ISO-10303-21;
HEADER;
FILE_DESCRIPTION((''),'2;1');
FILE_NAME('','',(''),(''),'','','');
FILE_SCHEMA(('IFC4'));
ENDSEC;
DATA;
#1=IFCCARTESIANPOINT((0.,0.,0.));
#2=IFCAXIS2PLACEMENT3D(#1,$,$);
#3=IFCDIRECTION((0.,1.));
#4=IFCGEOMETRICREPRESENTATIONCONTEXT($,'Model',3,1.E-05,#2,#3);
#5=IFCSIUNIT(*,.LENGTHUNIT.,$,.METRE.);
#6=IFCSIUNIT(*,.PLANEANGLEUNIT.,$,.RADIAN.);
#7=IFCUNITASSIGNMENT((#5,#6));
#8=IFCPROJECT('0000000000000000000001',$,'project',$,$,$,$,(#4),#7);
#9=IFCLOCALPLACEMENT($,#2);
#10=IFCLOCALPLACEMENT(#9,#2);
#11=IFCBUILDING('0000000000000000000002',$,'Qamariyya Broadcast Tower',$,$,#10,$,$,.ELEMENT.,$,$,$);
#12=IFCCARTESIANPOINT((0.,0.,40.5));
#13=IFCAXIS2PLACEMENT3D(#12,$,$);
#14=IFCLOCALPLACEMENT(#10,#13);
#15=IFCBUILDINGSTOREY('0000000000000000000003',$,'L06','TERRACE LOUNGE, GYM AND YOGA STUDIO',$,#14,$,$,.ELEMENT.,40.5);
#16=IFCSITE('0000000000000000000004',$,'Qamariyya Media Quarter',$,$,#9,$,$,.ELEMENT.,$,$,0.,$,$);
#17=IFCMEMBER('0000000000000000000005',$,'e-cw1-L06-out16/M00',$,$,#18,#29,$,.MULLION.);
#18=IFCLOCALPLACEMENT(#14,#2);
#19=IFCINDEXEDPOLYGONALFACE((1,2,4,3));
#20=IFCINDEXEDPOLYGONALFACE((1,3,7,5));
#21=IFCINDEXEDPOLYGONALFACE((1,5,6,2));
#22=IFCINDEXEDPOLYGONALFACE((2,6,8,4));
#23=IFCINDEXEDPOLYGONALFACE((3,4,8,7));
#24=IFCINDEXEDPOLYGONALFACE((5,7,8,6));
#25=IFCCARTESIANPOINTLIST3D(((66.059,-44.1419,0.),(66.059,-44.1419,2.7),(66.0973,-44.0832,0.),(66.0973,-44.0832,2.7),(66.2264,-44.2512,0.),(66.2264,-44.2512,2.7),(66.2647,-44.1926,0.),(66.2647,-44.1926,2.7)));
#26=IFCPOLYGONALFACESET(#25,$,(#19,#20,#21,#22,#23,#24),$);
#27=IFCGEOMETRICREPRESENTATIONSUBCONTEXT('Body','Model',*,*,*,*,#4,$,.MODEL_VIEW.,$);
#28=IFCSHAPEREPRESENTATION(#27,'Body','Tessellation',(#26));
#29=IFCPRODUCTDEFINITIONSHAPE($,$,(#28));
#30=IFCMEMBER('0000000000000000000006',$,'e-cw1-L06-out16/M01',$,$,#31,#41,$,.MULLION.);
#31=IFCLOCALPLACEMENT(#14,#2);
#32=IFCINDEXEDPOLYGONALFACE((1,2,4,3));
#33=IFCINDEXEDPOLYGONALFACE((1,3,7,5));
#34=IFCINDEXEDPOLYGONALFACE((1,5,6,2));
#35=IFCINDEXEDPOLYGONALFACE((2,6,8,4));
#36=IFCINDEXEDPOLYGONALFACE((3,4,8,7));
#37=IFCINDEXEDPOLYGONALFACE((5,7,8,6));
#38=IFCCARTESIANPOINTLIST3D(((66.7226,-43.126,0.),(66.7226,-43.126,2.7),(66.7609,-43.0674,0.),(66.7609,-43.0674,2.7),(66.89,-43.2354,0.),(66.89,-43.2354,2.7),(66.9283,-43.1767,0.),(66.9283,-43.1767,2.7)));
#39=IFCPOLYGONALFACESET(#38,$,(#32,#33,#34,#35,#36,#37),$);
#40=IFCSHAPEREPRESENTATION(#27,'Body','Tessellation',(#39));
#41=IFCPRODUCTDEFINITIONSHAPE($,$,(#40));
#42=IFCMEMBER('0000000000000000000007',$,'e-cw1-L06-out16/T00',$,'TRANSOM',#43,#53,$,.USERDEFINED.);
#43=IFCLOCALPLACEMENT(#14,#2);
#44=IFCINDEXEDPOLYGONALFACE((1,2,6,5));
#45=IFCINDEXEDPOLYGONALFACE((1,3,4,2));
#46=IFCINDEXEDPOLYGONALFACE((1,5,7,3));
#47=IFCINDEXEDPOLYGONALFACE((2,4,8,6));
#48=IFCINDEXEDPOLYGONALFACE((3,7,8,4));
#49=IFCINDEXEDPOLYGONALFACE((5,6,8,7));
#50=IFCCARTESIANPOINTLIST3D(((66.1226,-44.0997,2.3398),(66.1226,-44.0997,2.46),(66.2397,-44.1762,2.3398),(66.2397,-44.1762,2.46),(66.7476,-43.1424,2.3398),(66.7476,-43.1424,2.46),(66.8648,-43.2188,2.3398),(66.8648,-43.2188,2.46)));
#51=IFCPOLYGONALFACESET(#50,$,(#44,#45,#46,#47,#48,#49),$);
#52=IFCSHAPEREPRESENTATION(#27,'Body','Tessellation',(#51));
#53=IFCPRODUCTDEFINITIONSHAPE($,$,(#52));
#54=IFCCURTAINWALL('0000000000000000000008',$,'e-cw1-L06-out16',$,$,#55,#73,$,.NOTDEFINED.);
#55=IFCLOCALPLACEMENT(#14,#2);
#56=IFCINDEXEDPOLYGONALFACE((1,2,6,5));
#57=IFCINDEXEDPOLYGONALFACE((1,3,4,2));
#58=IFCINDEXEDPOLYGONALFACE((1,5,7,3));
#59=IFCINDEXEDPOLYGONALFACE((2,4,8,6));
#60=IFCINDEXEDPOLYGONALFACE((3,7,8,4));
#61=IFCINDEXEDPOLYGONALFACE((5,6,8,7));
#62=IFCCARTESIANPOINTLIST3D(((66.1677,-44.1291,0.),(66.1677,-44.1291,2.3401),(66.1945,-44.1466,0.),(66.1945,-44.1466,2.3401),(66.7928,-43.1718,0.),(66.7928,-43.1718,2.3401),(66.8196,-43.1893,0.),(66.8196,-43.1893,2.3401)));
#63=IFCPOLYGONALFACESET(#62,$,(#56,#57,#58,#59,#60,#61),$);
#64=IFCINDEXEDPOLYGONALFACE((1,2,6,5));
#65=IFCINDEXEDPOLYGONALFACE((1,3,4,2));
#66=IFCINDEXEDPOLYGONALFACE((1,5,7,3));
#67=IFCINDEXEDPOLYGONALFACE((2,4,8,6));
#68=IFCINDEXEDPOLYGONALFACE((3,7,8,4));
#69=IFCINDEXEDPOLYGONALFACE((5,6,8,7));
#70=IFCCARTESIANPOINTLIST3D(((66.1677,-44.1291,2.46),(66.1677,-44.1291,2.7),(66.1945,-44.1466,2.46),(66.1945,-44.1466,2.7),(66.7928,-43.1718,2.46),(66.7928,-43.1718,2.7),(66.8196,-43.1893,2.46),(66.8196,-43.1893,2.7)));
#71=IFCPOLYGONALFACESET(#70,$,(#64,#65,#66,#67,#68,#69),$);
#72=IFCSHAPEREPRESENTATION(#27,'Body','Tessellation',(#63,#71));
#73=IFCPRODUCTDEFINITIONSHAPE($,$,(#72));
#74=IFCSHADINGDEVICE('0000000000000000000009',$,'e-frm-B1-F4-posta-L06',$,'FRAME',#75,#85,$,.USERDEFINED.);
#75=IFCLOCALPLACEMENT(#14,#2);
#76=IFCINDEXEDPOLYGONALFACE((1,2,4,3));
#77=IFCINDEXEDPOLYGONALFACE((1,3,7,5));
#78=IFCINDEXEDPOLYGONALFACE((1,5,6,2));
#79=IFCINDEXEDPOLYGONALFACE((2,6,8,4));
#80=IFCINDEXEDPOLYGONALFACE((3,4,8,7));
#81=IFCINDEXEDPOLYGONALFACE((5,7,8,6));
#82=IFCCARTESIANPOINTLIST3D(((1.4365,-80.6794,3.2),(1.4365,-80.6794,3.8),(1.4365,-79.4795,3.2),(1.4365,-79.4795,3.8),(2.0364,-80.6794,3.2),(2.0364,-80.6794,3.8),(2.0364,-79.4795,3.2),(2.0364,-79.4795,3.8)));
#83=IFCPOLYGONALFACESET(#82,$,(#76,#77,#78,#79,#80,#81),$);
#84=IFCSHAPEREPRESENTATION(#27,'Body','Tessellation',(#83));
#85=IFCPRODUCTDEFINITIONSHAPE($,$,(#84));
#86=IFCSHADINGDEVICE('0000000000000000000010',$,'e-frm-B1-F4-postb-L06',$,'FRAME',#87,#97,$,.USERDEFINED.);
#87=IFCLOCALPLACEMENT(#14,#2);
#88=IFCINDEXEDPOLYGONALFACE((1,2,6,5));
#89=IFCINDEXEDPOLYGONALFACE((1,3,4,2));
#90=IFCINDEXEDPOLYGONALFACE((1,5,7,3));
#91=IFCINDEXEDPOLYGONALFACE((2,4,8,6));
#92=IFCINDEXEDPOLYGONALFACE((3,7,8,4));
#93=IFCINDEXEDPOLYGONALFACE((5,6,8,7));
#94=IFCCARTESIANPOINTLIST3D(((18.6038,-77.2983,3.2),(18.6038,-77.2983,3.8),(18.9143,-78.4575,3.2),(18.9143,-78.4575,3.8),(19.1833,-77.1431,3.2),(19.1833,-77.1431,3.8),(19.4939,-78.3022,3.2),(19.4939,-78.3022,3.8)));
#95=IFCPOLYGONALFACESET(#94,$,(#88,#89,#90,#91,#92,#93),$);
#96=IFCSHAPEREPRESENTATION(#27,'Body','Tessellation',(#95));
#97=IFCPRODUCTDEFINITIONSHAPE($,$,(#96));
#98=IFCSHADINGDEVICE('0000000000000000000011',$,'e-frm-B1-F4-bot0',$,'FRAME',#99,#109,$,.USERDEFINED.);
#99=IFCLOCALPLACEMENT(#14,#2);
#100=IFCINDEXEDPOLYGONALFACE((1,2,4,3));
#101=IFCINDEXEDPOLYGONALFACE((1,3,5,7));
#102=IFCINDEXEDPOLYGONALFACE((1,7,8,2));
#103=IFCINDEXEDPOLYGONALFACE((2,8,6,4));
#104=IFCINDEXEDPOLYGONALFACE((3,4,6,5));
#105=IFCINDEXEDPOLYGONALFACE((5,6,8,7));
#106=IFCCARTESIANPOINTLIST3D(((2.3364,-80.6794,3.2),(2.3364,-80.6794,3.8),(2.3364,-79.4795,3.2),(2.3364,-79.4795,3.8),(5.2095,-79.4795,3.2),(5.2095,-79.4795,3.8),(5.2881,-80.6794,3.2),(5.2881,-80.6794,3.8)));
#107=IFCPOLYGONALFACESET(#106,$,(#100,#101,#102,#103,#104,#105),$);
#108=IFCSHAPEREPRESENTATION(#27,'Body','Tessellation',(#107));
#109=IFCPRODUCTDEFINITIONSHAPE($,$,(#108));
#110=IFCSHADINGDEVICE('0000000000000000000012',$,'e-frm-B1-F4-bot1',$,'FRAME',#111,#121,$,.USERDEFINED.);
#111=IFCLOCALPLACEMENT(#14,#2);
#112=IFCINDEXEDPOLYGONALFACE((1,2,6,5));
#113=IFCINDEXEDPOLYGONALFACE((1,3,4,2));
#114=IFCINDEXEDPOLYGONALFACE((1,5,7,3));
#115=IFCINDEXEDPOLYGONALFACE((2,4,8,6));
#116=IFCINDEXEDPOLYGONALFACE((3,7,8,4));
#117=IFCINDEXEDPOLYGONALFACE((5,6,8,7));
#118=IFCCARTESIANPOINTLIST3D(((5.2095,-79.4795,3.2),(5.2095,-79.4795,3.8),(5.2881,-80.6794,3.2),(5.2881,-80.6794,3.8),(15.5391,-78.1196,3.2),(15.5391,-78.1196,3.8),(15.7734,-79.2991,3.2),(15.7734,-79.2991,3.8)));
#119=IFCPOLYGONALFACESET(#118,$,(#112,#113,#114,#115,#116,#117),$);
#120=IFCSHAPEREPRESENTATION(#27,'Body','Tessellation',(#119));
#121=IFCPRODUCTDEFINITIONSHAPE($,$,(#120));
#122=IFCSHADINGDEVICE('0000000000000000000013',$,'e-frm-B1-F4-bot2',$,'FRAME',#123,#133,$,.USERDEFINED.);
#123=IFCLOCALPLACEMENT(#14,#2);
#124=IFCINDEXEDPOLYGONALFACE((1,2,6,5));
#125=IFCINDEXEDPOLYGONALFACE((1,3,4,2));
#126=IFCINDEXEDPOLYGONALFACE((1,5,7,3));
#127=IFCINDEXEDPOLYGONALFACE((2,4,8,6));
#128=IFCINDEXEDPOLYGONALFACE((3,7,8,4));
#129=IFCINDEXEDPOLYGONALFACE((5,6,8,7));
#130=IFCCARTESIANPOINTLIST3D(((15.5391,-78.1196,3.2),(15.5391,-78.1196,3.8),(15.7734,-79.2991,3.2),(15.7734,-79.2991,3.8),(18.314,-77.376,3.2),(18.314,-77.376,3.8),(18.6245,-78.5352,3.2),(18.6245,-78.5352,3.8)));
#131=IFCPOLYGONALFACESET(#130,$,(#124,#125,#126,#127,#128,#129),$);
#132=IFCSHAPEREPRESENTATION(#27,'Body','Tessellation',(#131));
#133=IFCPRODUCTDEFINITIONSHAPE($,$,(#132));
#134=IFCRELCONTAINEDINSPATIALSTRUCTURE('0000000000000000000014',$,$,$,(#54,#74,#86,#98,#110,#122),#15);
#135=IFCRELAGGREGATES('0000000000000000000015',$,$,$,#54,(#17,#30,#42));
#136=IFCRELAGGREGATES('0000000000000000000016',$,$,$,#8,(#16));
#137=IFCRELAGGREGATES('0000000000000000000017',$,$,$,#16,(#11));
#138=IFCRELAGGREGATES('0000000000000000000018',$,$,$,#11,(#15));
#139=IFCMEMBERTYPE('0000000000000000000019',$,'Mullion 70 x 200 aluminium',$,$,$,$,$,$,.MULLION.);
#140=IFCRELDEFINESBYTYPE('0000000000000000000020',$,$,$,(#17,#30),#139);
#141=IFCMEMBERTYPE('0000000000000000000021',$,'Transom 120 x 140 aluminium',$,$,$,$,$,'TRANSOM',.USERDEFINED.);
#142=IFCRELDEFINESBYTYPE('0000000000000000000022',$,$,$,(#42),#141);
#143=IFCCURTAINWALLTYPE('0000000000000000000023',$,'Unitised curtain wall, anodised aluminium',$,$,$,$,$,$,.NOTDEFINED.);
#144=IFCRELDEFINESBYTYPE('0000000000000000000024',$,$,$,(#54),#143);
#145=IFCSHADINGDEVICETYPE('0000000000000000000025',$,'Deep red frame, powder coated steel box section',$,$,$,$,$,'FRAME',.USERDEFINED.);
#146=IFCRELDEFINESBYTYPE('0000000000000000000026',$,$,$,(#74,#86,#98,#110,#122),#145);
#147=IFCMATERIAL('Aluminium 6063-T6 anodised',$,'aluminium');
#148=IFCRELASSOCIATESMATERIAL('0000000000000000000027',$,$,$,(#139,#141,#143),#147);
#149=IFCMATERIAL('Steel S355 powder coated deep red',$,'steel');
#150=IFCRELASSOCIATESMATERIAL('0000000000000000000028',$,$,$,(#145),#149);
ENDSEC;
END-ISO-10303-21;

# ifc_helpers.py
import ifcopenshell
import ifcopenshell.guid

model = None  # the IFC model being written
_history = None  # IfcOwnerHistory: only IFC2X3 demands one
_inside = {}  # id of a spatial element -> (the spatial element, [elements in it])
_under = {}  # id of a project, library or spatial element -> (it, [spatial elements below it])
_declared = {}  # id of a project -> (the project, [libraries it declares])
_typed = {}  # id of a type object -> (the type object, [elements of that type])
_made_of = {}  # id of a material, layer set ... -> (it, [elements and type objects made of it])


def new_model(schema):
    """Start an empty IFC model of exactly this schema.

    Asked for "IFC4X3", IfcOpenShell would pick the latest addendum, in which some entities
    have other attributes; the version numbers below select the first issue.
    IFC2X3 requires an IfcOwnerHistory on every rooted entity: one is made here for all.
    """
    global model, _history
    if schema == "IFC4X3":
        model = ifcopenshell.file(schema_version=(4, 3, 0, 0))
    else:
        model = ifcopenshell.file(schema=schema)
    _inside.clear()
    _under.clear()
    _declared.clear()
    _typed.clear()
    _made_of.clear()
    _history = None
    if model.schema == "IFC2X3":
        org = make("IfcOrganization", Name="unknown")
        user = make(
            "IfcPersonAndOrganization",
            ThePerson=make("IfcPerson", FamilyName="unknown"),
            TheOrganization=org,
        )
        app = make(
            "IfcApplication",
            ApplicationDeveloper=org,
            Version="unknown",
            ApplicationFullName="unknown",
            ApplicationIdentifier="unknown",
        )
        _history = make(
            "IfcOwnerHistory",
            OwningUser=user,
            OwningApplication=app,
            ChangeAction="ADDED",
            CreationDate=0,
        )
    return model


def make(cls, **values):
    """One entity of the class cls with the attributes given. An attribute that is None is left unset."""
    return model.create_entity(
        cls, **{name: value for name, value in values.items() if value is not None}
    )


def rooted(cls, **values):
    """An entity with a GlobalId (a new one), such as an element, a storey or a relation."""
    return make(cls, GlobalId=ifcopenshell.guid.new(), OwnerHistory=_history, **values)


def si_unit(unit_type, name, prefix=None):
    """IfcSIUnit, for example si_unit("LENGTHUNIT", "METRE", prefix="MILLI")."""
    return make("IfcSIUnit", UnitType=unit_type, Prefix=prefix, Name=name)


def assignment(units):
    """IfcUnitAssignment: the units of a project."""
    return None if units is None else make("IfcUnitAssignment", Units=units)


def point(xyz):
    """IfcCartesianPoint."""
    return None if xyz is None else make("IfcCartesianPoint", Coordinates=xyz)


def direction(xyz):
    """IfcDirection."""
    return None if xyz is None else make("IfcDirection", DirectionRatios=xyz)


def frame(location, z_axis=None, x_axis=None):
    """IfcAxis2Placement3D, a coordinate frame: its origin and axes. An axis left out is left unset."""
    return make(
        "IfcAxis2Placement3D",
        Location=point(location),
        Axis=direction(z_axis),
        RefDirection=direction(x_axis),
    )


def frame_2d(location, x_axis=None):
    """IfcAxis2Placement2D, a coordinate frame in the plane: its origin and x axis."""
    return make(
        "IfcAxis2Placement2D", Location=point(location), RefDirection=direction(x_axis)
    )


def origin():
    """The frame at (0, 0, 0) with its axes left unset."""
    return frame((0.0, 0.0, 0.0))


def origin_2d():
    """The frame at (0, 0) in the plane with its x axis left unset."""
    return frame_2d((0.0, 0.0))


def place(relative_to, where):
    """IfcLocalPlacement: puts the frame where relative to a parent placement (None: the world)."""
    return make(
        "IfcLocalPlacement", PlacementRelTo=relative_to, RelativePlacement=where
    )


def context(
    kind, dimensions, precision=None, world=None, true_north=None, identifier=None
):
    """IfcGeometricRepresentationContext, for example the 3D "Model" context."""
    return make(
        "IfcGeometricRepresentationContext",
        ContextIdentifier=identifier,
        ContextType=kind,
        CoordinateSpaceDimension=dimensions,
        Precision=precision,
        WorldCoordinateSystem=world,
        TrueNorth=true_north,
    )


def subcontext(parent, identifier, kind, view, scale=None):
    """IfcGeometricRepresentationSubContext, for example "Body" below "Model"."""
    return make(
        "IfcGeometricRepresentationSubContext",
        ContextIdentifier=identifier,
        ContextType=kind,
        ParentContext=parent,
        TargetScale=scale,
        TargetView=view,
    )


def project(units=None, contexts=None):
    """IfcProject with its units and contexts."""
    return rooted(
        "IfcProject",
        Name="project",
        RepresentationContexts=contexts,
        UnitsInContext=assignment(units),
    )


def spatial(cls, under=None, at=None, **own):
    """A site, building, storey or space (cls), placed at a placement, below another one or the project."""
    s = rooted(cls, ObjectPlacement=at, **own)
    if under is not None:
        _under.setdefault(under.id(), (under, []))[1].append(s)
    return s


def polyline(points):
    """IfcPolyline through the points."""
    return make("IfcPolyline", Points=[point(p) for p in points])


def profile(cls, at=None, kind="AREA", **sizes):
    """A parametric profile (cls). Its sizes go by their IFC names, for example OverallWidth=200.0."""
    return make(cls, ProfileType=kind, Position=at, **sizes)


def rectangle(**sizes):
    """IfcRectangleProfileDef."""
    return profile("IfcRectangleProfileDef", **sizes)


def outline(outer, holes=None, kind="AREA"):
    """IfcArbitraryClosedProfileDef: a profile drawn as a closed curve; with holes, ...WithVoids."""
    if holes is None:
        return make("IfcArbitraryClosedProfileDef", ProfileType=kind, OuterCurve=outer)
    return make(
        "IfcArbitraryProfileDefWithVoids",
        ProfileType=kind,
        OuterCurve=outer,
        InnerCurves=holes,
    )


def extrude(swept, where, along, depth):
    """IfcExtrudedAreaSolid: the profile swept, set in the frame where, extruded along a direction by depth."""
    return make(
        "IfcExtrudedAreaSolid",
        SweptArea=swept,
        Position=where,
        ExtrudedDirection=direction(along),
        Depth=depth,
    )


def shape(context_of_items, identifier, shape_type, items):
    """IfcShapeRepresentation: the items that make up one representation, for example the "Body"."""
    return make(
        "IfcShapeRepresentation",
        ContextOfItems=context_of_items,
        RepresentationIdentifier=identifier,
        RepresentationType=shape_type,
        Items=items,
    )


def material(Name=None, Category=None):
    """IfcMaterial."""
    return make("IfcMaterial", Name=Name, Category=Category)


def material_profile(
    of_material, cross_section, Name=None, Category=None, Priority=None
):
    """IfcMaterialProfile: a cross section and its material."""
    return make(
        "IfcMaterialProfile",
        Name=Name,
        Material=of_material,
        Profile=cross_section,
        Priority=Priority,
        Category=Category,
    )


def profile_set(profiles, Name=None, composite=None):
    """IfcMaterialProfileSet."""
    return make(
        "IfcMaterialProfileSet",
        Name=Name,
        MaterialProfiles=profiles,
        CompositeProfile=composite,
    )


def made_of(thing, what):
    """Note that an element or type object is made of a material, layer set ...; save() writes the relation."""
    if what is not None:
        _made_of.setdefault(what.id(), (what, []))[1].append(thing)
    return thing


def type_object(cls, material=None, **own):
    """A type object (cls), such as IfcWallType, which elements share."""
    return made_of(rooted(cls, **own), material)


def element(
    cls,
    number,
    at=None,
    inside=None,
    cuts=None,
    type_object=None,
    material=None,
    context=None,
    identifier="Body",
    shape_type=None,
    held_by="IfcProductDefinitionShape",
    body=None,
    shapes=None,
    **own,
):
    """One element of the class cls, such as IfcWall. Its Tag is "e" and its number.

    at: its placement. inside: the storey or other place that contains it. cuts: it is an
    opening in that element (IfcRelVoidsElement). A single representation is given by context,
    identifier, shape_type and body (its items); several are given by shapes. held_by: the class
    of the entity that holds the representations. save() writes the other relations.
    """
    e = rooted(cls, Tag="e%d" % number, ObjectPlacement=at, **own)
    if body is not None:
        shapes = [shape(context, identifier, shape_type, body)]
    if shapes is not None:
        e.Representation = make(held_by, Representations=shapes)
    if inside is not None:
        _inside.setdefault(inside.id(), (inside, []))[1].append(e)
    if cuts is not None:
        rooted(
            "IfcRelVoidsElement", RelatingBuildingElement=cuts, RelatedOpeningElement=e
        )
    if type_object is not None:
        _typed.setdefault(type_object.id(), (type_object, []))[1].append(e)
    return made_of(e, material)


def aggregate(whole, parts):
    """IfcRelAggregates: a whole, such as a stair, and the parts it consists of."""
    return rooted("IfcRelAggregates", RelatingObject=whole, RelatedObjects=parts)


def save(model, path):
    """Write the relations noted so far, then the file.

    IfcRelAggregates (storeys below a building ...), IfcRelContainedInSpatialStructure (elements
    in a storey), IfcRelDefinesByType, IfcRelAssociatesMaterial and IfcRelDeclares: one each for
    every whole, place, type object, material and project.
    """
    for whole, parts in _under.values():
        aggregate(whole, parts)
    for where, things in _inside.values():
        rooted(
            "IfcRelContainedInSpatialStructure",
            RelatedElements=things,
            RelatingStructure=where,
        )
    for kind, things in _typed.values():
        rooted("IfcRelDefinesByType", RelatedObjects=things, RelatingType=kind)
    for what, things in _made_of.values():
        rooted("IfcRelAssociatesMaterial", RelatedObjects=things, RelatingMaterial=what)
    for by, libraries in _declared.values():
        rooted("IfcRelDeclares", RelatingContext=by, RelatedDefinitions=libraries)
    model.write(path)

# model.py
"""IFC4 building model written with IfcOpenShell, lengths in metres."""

from ifc_helpers import new_model, si_unit, direction, frame, origin, origin_2d, place, context, subcontext, project, spatial, polyline, rectangle, outline, extrude, material, material_profile, profile_set, type_object, element, aggregate, save


model = new_model("IFC4")

# Units and contexts
model_context = context("Model", 3, precision=1e-05, world=origin(), true_north=direction((0.0, 1.0)))
body_context = subcontext(model_context, "Body", "Model", "MODEL_VIEW")
ifc_project = project(units=[si_unit("LENGTHUNIT", "METRE"), si_unit("PLANEANGLEUNIT", "RADIAN")], contexts=[model_context])

# Members
ifc_material_1 = material(Name="Aluminium 6063-T6 anodised", Category="aluminium")
ifc_material_profile_1 = material_profile(ifc_material_1, rectangle(XDim=0.2, YDim=0.0701, at=origin_2d()))
ifc_profile_set_1 = profile_set([ifc_material_profile_1], Name="Aluminium 6063-T6 anodised")
member_type_1 = type_object("IfcMemberType", Name="Mullion 70 x 200 aluminium", PredefinedType="MULLION", material=ifc_profile_set_1)
site_placement = place(None, origin())
building_placement = place(site_placement, origin())
storey_placement = place(building_placement, frame((0.0, 0.0, 40.5)))
member_1_placement = place(storey_placement, frame((66.1619, -44.1672, 0.0), z_axis=(0.0, 0.0, 1.0), x_axis=(-0.837242, 0.546833, 0.0)))
member_1 = element("IfcMember", 1, at=member_1_placement, type_object=member_type_1, Name="e-cw1-L06-out16/M00", PredefinedType="MULLION", context=body_context, shape_type="SweptSolid", body=[
    extrude(rectangle(XDim=0.2, YDim=0.0701, at=origin_2d()), origin(), (0.0, 0.0, 1.0), 2.7),
])
member_2_placement = place(storey_placement, frame((66.8254, -43.1514, 0.0), z_axis=(0.0, 0.0, 1.0), x_axis=(-0.837242, 0.546833, 0.0)))
member_2 = element("IfcMember", 2, at=member_2_placement, type_object=member_type_1, Name="e-cw1-L06-out16/M01", PredefinedType="MULLION", context=body_context, shape_type="SweptSolid", body=[
    extrude(rectangle(XDim=0.2, YDim=0.0701, at=origin_2d()), origin(), (0.0, 0.0, 1.0), 2.7),
])
ifc_material_profile_2 = material_profile(ifc_material_1, rectangle(XDim=0.1399, YDim=0.1201, at=origin_2d()))
ifc_profile_set_2 = profile_set([ifc_material_profile_2], Name="Aluminium 6063-T6 anodised")
member_type_2 = type_object("IfcMemberType", Name="Transom 120 x 140 aluminium", ElementType="TRANSOM", PredefinedType="USERDEFINED", material=ifc_profile_set_2)
member_3_placement = place(storey_placement, frame((66.1812, -44.1379, 2.3999), z_axis=(0.546691, 0.837334, 0.0), x_axis=(-0.837334, 0.546691, 0.0)))
member_3 = element("IfcMember", 3, at=member_3_placement, type_object=member_type_2, Name="e-cw1-L06-out16/T00", ObjectType="TRANSOM", PredefinedType="USERDEFINED", context=body_context, shape_type="SweptSolid", body=[
    extrude(rectangle(XDim=0.1399, YDim=0.1201, at=origin_2d()), origin(), (0.0, 0.0, 1.0), 1.1433),
])

# Site, building, storey
site = spatial("IfcSite", under=ifc_project, at=site_placement, Name="Qamariyya Media Quarter", CompositionType="ELEMENT", RefElevation=0.0)
building = spatial("IfcBuilding", under=site, at=building_placement, Name="Qamariyya Broadcast Tower", CompositionType="ELEMENT")
storey = spatial("IfcBuildingStorey", under=building, at=storey_placement, Name="L06", Description="TERRACE LOUNGE, GYM AND YOGA STUDIO", CompositionType="ELEMENT", Elevation=40.5)

# Curtain wall
curtain_wall_type = type_object("IfcCurtainWallType", Name="Unitised curtain wall, anodised aluminium", PredefinedType="NOTDEFINED", material=ifc_material_1)
curtain_wall_1_placement = place(storey_placement, origin())
curtain_wall_1 = element("IfcCurtainWall", 4, at=curtain_wall_1_placement, inside=storey, type_object=curtain_wall_type, Name="e-cw1-L06-out16", PredefinedType="NOTDEFINED", context=body_context, shape_type="SweptSolid", body=[
    extrude(rectangle(XDim=1.1433, YDim=0.032, at=origin_2d()), frame((66.4937, -43.6592, 0.0), x_axis=(0.546773, 0.837281, 0.0)), (0.0, 0.0, 1.0), 2.3401),
    extrude(rectangle(XDim=1.1433, YDim=0.032, at=origin_2d()), frame((66.4937, -43.6592, 2.46), x_axis=(0.546773, 0.837281, 0.0)), (0.0, 0.0, 1.0), 0.24),
])
aggregate(curtain_wall_1, [member_1, member_2, member_3])

# Shading devices
ifc_material_2 = material(Name="Steel S355 powder coated deep red", Category="steel")
shading_device_type = type_object("IfcShadingDeviceType", Name="Deep red frame, powder coated steel box section", ElementType="FRAME", PredefinedType="USERDEFINED", material=ifc_material_2)
shading_device_1_placement = place(storey_placement, frame((0.0, 0.0, 3.2)))
element("IfcShadingDevice", 5, at=shading_device_1_placement, inside=storey, type_object=shading_device_type, Name="e-frm-B1-F4-posta-L06", ObjectType="FRAME", PredefinedType="USERDEFINED", context=body_context, shape_type="SweptSolid", body=[
    extrude(outline(polyline([(1.4365, -79.4795), (1.4365, -80.6794), (2.0364, -80.6794), (2.0364, -79.4795), (1.4365, -79.4795)])), origin(), (0.0, 0.0, 1.0), 0.6001),
])
shading_device_2_placement = place(storey_placement, frame((0.0, 0.0, 3.2)))
element("IfcShadingDevice", 6, at=shading_device_2_placement, inside=storey, type_object=shading_device_type, Name="e-frm-B1-F4-postb-L06", ObjectType="FRAME", PredefinedType="USERDEFINED", context=body_context, shape_type="SweptSolid", body=[
    extrude(outline(polyline([(18.6038, -77.2983), (18.9143, -78.4575), (19.4939, -78.3022), (19.1833, -77.1431), (18.6038, -77.2983)])), origin(), (0.0, 0.0, 1.0), 0.6001),
])
shading_device_3_placement = place(storey_placement, frame((0.0, 0.0, 3.2)))
element("IfcShadingDevice", 7, at=shading_device_3_placement, inside=storey, type_object=shading_device_type, Name="e-frm-B1-F4-bot0", ObjectType="FRAME", PredefinedType="USERDEFINED", context=body_context, shape_type="SweptSolid", body=[
    extrude(outline(polyline([(2.3364, -79.4795), (2.3364, -80.6794), (5.2881, -80.6794), (5.2095, -79.4795), (2.3364, -79.4795)])), origin(), (0.0, 0.0, 1.0), 0.6001),
])
shading_device_4_placement = place(storey_placement, frame((0.0, 0.0, 3.2)))
element("IfcShadingDevice", 8, at=shading_device_4_placement, inside=storey, type_object=shading_device_type, Name="e-frm-B1-F4-bot1", ObjectType="FRAME", PredefinedType="USERDEFINED", context=body_context, shape_type="SweptSolid", body=[
    extrude(outline(polyline([(5.2095, -79.4795), (5.2881, -80.6794), (15.7734, -79.2991), (15.5391, -78.1196), (5.2095, -79.4795)])), origin(), (0.0, 0.0, 1.0), 0.6001),
])
shading_device_5_placement = place(storey_placement, frame((0.0, 0.0, 3.2)))
element("IfcShadingDevice", 9, at=shading_device_5_placement, inside=storey, type_object=shading_device_type, Name="e-frm-B1-F4-bot2", ObjectType="FRAME", PredefinedType="USERDEFINED", context=body_context, shape_type="SweptSolid", body=[
    extrude(outline(polyline([(15.5391, -78.1196), (15.7734, -79.2991), (18.6245, -78.5352), (18.314, -77.376), (15.5391, -78.1196)])), origin(), (0.0, 0.0, 1.0), 0.6001),
])

save(model, "model.ifc")
